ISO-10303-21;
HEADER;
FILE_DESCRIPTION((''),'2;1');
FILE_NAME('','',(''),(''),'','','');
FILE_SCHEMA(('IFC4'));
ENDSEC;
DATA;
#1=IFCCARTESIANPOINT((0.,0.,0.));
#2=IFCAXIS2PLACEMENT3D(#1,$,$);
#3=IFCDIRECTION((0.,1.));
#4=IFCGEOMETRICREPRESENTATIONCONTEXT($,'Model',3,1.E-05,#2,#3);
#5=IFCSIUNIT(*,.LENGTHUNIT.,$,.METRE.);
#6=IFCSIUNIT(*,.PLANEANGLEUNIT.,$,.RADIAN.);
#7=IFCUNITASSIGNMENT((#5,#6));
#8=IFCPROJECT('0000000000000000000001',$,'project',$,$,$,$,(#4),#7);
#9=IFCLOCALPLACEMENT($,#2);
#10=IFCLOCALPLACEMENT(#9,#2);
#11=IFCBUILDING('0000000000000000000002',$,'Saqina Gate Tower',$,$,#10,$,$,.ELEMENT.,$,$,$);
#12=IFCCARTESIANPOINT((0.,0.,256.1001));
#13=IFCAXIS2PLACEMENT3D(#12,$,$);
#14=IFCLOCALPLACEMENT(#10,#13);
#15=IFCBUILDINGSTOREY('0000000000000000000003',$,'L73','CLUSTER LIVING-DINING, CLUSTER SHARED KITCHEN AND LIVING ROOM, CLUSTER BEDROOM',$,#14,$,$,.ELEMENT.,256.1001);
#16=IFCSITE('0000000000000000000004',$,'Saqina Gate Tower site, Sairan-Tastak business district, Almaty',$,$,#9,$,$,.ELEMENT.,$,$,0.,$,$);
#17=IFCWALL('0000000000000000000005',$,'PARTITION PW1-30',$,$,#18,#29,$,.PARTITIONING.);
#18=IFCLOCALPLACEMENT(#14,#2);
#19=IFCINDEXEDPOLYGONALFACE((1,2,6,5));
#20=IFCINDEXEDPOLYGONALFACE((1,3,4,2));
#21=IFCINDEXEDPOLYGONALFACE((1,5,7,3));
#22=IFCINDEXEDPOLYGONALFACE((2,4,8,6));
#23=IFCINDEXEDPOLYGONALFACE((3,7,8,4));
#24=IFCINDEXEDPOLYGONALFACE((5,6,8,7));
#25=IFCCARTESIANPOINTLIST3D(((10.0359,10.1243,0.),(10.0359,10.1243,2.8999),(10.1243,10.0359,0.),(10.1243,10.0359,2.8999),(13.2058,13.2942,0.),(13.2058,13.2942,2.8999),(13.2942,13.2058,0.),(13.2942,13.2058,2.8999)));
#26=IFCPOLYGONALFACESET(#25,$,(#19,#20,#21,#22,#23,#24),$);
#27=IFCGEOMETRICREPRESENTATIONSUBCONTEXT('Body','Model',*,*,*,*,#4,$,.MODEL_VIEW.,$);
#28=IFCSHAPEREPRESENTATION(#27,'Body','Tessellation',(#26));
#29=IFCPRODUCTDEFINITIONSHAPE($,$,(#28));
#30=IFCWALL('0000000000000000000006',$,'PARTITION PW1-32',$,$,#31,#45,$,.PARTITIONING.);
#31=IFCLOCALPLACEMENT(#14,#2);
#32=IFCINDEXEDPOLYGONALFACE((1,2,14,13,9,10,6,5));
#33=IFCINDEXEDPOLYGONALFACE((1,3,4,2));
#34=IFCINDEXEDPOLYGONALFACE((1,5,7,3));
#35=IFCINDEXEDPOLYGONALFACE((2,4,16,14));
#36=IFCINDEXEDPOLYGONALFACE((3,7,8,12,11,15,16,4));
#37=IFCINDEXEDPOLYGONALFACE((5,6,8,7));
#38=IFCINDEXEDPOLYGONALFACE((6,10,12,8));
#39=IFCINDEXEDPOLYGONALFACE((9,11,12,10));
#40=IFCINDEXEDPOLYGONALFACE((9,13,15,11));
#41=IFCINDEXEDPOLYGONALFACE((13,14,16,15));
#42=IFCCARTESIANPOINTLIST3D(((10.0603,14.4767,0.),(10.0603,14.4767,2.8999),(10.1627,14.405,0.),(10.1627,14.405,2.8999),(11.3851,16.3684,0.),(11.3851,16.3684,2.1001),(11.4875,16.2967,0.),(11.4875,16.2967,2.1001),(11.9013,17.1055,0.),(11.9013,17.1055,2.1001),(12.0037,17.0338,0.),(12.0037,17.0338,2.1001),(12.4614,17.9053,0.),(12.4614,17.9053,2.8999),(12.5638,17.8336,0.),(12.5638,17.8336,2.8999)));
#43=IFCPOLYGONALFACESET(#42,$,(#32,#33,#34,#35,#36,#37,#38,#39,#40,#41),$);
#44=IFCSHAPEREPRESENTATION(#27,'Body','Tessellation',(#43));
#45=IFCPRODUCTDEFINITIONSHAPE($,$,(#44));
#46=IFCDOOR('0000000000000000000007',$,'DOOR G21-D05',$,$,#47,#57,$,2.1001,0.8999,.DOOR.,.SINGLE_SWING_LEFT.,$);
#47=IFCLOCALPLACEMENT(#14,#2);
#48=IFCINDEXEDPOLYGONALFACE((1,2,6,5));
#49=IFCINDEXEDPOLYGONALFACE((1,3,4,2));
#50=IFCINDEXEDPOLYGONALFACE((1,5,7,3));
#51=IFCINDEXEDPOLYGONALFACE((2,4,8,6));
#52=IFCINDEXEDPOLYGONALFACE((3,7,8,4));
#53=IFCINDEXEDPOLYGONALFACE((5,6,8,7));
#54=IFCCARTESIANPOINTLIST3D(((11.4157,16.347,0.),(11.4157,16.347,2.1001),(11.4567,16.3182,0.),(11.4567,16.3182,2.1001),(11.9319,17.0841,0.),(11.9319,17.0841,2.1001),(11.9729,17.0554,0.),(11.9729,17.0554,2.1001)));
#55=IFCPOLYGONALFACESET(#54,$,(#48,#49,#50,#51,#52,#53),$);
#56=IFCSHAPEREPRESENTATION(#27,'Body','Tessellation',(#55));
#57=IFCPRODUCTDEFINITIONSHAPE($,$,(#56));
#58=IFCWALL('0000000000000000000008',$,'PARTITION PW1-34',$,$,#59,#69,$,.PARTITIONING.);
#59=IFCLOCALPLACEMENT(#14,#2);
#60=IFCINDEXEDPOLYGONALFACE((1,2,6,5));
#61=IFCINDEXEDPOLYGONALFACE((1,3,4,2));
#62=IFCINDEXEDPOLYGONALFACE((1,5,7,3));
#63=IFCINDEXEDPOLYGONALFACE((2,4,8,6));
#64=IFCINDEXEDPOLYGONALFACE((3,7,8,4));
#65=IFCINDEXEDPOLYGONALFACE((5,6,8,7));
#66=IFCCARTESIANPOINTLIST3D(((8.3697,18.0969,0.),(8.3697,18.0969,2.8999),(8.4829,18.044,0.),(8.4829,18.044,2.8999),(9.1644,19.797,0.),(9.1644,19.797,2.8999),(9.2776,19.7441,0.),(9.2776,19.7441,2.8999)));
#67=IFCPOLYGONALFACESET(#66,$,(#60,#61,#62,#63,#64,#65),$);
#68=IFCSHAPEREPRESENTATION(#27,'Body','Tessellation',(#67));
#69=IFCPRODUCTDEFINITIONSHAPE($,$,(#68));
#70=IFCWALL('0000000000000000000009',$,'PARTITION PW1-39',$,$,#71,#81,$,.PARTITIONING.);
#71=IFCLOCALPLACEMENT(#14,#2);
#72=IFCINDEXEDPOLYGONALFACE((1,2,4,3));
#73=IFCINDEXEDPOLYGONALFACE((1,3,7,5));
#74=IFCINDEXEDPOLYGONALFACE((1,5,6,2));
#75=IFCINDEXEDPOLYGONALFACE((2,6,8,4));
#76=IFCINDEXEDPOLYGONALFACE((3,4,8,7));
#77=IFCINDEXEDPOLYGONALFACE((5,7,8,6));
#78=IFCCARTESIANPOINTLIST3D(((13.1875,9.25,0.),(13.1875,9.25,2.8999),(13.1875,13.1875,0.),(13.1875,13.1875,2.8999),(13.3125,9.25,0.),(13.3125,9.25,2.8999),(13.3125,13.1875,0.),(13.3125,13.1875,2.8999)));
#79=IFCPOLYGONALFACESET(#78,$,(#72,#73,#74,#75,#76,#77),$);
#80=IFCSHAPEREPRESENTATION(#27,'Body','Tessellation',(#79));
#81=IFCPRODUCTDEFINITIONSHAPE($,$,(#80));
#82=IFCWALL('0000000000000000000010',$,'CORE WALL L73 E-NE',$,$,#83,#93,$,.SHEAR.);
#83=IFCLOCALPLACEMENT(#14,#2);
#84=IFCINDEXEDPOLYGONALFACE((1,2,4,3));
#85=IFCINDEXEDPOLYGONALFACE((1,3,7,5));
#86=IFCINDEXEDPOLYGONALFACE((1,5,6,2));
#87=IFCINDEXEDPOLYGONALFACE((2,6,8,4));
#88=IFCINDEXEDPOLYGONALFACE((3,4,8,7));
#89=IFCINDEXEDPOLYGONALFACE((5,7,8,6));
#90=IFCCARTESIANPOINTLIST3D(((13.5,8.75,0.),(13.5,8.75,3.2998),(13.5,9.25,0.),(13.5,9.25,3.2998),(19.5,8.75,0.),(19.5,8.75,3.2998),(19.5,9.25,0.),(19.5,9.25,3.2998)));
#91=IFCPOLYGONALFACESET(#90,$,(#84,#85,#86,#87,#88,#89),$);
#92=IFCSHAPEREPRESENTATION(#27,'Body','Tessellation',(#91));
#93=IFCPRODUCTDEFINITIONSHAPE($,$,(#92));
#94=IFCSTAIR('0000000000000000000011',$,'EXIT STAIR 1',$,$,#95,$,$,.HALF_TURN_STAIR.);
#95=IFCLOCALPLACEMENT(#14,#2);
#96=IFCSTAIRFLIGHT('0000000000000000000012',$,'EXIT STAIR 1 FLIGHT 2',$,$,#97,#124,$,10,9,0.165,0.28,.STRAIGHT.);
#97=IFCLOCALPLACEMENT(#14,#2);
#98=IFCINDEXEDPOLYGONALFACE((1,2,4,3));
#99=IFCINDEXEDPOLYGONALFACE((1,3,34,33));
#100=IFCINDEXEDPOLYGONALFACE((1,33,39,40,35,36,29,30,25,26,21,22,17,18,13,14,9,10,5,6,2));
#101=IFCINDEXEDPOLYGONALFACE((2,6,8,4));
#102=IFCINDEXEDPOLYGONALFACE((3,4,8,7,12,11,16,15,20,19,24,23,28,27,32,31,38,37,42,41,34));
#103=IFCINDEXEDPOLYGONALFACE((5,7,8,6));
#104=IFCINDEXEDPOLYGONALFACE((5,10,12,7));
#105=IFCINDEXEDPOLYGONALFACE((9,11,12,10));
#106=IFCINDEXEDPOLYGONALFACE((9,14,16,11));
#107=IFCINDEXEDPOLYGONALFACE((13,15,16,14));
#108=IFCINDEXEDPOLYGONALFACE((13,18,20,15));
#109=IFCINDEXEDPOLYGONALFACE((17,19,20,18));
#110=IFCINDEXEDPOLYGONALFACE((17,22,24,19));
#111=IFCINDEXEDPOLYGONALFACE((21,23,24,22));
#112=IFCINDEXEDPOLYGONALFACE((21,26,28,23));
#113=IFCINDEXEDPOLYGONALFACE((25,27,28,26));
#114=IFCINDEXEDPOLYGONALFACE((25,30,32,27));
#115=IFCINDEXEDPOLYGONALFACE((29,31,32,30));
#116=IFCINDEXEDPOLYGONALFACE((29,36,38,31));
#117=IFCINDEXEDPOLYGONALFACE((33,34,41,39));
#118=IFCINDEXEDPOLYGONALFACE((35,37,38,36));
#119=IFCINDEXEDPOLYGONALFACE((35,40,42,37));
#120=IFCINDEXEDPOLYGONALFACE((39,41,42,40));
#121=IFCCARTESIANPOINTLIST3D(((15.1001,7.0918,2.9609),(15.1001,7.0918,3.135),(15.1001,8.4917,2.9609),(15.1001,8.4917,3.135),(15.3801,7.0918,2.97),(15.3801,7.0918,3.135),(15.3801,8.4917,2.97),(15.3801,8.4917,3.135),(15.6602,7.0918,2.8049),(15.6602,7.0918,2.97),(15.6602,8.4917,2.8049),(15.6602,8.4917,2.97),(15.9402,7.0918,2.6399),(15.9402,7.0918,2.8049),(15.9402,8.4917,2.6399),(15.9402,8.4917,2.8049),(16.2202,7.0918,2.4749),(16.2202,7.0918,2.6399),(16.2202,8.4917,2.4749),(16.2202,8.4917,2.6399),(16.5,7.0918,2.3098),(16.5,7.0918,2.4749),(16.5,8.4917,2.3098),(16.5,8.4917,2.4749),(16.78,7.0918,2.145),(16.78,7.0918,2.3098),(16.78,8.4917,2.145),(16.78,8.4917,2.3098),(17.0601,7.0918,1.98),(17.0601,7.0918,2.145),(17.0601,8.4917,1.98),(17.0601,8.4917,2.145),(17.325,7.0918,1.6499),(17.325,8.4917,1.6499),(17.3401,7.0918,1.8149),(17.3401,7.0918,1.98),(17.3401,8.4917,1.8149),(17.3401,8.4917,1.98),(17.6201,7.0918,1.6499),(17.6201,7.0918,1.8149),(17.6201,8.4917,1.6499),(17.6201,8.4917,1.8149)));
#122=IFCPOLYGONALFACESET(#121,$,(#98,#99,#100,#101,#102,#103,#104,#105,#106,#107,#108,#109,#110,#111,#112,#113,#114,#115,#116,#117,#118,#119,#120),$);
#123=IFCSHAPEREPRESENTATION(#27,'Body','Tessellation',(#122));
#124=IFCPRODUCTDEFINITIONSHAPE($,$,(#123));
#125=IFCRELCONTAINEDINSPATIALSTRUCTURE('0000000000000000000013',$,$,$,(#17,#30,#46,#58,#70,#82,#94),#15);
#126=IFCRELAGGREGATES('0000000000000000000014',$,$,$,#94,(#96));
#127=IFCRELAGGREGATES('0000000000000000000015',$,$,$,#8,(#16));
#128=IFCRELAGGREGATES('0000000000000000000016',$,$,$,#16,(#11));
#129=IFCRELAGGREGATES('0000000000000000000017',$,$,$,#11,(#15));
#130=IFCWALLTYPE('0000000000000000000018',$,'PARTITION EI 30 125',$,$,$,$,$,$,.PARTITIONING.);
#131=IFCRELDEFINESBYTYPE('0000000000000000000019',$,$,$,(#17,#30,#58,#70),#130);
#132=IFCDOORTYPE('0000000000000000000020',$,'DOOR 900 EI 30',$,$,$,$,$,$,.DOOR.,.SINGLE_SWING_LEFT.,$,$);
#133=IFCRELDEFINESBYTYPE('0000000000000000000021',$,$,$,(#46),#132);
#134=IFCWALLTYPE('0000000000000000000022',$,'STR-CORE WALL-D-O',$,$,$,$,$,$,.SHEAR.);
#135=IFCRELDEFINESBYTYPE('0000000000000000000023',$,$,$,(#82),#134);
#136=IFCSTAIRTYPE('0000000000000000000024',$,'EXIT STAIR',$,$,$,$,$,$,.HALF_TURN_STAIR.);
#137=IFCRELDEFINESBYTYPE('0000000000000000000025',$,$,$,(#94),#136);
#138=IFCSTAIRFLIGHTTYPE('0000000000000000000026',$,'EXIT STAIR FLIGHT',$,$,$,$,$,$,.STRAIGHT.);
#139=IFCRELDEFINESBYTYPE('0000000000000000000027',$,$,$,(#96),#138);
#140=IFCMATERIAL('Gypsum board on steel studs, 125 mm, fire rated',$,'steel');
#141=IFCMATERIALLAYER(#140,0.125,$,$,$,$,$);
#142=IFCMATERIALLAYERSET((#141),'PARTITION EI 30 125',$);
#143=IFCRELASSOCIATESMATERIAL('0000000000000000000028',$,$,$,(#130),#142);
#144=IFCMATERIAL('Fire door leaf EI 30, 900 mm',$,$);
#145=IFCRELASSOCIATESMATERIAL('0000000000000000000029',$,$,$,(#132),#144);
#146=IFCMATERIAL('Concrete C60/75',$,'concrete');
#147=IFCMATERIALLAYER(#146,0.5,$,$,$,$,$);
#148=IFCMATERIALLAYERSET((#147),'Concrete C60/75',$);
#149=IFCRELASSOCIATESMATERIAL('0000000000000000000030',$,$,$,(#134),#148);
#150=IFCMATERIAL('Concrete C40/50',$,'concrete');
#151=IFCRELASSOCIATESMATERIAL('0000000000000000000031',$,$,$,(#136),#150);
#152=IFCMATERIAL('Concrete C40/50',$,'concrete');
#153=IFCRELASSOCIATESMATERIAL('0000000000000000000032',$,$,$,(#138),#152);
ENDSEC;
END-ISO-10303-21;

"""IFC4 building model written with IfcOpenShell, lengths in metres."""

from ifc_helpers import new_model, si_unit, direction, frame, frame_2d, origin, place, context, subcontext, project, spatial, polyline, rectangle, outline, extrude, material, layer, layer_set, type_object, element, fill, aggregate, save


model = new_model("IFC4")

# Units and contexts
model_context = context("Model", 3, precision=1e-05, world=origin(), true_north=direction((0.0, 1.0)))
body_context = subcontext(model_context, "Body", "Model", "MODEL_VIEW")
ifc_project = project(units=[si_unit("LENGTHUNIT", "METRE"), si_unit("PLANEANGLEUNIT", "RADIAN")], contexts=[model_context])

# Site, building, storey
site_placement = place(None, origin())
site = spatial("IfcSite", under=ifc_project, at=site_placement, Name="Saqina Gate Tower site, Sairan-Tastak business district, Almaty", CompositionType="ELEMENT", RefElevation=0.0)
building_placement = place(site_placement, origin())
building = spatial("IfcBuilding", under=site, at=building_placement, Name="Saqina Gate Tower", CompositionType="ELEMENT")
storey_placement = place(building_placement, frame((0.0, 0.0, 256.1001)))
storey = spatial("IfcBuildingStorey", under=building, at=storey_placement, Name="L73", Description="CLUSTER LIVING-DINING, CLUSTER SHARED KITCHEN AND LIVING ROOM, CLUSTER BEDROOM", CompositionType="ELEMENT", Elevation=256.1001)

# Wall
ifc_material_1 = material(Name="Gypsum board on steel studs, 125 mm, fire rated", Category="steel")
ifc_layer_1 = layer(ifc_material_1, 0.125)
ifc_layer_set_1 = layer_set([ifc_layer_1], Name="PARTITION EI 30 125")
wall_type_1 = type_object("IfcWallType", Name="PARTITION EI 30 125", PredefinedType="PARTITIONING", material=ifc_layer_set_1)
wall_1_placement = place(storey_placement, frame((10.0801, 10.0801, 0.0), z_axis=(0.0, 0.0, 1.0), x_axis=(0.707107, 0.707107, 0.0)))
element("IfcWall", 1, at=wall_1_placement, inside=storey, type_object=wall_type_1, Name="PARTITION PW1-30", PredefinedType="PARTITIONING", context=body_context, shape_type="SweptSolid", body=[
    extrude(rectangle(XDim=4.4829, YDim=0.125, at=frame_2d((2.2415, 0.0))), origin(), (0.0, 0.0, 1.0), 2.8999),
])

# Wall, opening, door
wall_2_placement = place(storey_placement, frame((10.1116, 14.4409, 0.0), z_axis=(0.0, 0.0, 1.0), x_axis=(0.573627, 0.819117, 0.0)))
wall_2 = element("IfcWall", 2, at=wall_2_placement, inside=storey, type_object=wall_type_1, Name="PARTITION PW1-32", PredefinedType="PARTITIONING", context=body_context, shape_type="SweptSolid", body=[
    extrude(rectangle(XDim=4.1858, YDim=0.125, at=frame_2d((2.0928, 0.0))), origin(), (0.0, 0.0, 1.0), 2.8999),
])
opening_1_placement = place(wall_2_placement, frame((2.3093, 0.0, 0.0)))
opening_1 = element("IfcOpeningElement", 3, at=opening_1_placement, cuts=wall_2, PredefinedType="OPENING", context=body_context, shape_type="SweptSolid", body=[
    extrude(rectangle(XDim=0.8999, YDim=2.1001, at=frame_2d((0.45, 1.05))), frame((0.0, 0.0745, 0.0), z_axis=(0.0, -1.0, 0.0), x_axis=(1.0, 0.0, 0.0)), (0.0, 0.0, 1.0), 0.1489),
])
ifc_material_2 = material(Name="Fire door leaf EI 30, 900 mm")
door_type_1 = type_object("IfcDoorType", Name="DOOR 900 EI 30", OperationType="SINGLE_SWING_LEFT", PredefinedType="DOOR", material=ifc_material_2)
door_1_placement = place(opening_1_placement, frame((0.8999, 0.0, 0.0), z_axis=(0.0, 0.0, 1.0), x_axis=(-1.0, 0.0, 0.0)))
door_1 = element("IfcDoor", 4, at=door_1_placement, inside=storey, type_object=door_type_1, Name="DOOR G21-D05", OperationType="SINGLE_SWING_LEFT", OverallHeight=2.1001, OverallWidth=0.8999, PredefinedType="DOOR", context=body_context, shape_type="SweptSolid", body=[
    extrude(rectangle(XDim=0.8999, YDim=2.1001, at=frame_2d((0.45, 1.05))), frame((0.0, 0.0249, 0.0), z_axis=(0.0, -1.0, 0.0), x_axis=(1.0, 0.0, 0.0)), (0.0, 0.0, 1.0), 0.05),
])
fill(opening_1, door_1)

# Walls
wall_3_placement = place(storey_placement, frame((8.4263, 18.0703, 0.0), z_axis=(0.0, 0.0, 1.0), x_axis=(0.423434, 0.905927, 0.0)))
element("IfcWall", 5, at=wall_3_placement, inside=storey, type_object=wall_type_1, Name="PARTITION PW1-34", PredefinedType="PARTITIONING", context=body_context, shape_type="SweptSolid", body=[
    extrude(rectangle(XDim=1.8767, YDim=0.125, at=frame_2d((0.9385, 0.0))), origin(), (0.0, 0.0, 1.0), 2.8999),
])
wall_4_placement = place(storey_placement, frame((13.25, 9.25, 0.0), z_axis=(0.0, 0.0, 1.0), x_axis=(0.0, 1.0, 0.0)))
element("IfcWall", 6, at=wall_4_placement, inside=storey, type_object=wall_type_1, Name="PARTITION PW1-39", PredefinedType="PARTITIONING", context=body_context, shape_type="SweptSolid", body=[
    extrude(rectangle(XDim=3.9375, YDim=0.125, at=frame_2d((1.9688, 0.0))), origin(), (0.0, 0.0, 1.0), 2.8999),
])
ifc_material_3 = material(Name="Concrete C60/75", Category="concrete")
ifc_layer_2 = layer(ifc_material_3, 0.5)
ifc_layer_set_2 = layer_set([ifc_layer_2], Name="Concrete C60/75")
wall_type_2 = type_object("IfcWallType", Name="STR-CORE WALL-D-O", PredefinedType="SHEAR", material=ifc_layer_set_2)
wall_5_placement = place(storey_placement, frame((13.5, 9.0, 0.0), z_axis=(0.0, 0.0, 1.0), x_axis=(1.0, 0.0, 0.0)))
element("IfcWall", 7, at=wall_5_placement, inside=storey, type_object=wall_type_2, Name="CORE WALL L73 E-NE", PredefinedType="SHEAR", context=body_context, shape_type="SweptSolid", body=[
    extrude(rectangle(XDim=6.0, YDim=0.5, at=frame_2d((3.0, 0.0))), origin(), (0.0, 0.0, 1.0), 3.2998),
])

# Stair, stair flight
ifc_material_4 = material(Name="Concrete C40/50", Category="concrete")
stair_type = type_object("IfcStairType", Name="EXIT STAIR", PredefinedType="HALF_TURN_STAIR", material=ifc_material_4)
stair_placement = place(storey_placement, origin())
stair = element("IfcStair", 8, at=stair_placement, inside=storey, type_object=stair_type, Name="EXIT STAIR 1", PredefinedType="HALF_TURN_STAIR")
ifc_material_5 = material(Name="Concrete C40/50", Category="concrete")
stair_flight_type = type_object("IfcStairFlightType", Name="EXIT STAIR FLIGHT", PredefinedType="STRAIGHT", material=ifc_material_5)
stair_flight_placement = place(storey_placement, frame((17.6201, 7.7917, 1.6499), z_axis=(0.0, 0.0, 1.0), x_axis=(-1.0, 0.0, 0.0)))
stair_flight = element("IfcStairFlight", 9, at=stair_flight_placement, type_object=stair_flight_type, Name="EXIT STAIR 1 FLIGHT 2", NumberOfRisers=10, NumberOfTreads=9, PredefinedType="STRAIGHT", RiserHeight=0.165, TreadLength=0.28, context=body_context, shape_type="SweptSolid", body=[
    extrude(outline(polyline([(0.0, 0.0), (0.0, 0.165), (0.28, 0.165), (0.28, 0.3301), (0.5601, 0.3301), (0.5601, 0.4951), (0.8401, 0.4951), (0.8401, 0.6599), (1.1201, 0.6599), (1.1201, 0.825), (1.3999, 0.825), (1.3999, 0.99), (1.6799, 0.99), (1.6799, 1.155), (1.96, 1.155), (1.96, 1.3201), (2.24, 1.3201), (2.24, 1.4851), (2.52, 1.4851), (2.52, 1.6499), (2.52, 1.311), (0.2952, 0.0), (0.0, 0.0)])), frame((0.0, 0.7, 0.0), z_axis=(0.0, -1.0, 0.0), x_axis=(1.0, 0.0, 0.0)), (0.0, 0.0, 1.0), 1.3999),
])
aggregate(stair, [stair_flight])

save(model, "model.ifc")
